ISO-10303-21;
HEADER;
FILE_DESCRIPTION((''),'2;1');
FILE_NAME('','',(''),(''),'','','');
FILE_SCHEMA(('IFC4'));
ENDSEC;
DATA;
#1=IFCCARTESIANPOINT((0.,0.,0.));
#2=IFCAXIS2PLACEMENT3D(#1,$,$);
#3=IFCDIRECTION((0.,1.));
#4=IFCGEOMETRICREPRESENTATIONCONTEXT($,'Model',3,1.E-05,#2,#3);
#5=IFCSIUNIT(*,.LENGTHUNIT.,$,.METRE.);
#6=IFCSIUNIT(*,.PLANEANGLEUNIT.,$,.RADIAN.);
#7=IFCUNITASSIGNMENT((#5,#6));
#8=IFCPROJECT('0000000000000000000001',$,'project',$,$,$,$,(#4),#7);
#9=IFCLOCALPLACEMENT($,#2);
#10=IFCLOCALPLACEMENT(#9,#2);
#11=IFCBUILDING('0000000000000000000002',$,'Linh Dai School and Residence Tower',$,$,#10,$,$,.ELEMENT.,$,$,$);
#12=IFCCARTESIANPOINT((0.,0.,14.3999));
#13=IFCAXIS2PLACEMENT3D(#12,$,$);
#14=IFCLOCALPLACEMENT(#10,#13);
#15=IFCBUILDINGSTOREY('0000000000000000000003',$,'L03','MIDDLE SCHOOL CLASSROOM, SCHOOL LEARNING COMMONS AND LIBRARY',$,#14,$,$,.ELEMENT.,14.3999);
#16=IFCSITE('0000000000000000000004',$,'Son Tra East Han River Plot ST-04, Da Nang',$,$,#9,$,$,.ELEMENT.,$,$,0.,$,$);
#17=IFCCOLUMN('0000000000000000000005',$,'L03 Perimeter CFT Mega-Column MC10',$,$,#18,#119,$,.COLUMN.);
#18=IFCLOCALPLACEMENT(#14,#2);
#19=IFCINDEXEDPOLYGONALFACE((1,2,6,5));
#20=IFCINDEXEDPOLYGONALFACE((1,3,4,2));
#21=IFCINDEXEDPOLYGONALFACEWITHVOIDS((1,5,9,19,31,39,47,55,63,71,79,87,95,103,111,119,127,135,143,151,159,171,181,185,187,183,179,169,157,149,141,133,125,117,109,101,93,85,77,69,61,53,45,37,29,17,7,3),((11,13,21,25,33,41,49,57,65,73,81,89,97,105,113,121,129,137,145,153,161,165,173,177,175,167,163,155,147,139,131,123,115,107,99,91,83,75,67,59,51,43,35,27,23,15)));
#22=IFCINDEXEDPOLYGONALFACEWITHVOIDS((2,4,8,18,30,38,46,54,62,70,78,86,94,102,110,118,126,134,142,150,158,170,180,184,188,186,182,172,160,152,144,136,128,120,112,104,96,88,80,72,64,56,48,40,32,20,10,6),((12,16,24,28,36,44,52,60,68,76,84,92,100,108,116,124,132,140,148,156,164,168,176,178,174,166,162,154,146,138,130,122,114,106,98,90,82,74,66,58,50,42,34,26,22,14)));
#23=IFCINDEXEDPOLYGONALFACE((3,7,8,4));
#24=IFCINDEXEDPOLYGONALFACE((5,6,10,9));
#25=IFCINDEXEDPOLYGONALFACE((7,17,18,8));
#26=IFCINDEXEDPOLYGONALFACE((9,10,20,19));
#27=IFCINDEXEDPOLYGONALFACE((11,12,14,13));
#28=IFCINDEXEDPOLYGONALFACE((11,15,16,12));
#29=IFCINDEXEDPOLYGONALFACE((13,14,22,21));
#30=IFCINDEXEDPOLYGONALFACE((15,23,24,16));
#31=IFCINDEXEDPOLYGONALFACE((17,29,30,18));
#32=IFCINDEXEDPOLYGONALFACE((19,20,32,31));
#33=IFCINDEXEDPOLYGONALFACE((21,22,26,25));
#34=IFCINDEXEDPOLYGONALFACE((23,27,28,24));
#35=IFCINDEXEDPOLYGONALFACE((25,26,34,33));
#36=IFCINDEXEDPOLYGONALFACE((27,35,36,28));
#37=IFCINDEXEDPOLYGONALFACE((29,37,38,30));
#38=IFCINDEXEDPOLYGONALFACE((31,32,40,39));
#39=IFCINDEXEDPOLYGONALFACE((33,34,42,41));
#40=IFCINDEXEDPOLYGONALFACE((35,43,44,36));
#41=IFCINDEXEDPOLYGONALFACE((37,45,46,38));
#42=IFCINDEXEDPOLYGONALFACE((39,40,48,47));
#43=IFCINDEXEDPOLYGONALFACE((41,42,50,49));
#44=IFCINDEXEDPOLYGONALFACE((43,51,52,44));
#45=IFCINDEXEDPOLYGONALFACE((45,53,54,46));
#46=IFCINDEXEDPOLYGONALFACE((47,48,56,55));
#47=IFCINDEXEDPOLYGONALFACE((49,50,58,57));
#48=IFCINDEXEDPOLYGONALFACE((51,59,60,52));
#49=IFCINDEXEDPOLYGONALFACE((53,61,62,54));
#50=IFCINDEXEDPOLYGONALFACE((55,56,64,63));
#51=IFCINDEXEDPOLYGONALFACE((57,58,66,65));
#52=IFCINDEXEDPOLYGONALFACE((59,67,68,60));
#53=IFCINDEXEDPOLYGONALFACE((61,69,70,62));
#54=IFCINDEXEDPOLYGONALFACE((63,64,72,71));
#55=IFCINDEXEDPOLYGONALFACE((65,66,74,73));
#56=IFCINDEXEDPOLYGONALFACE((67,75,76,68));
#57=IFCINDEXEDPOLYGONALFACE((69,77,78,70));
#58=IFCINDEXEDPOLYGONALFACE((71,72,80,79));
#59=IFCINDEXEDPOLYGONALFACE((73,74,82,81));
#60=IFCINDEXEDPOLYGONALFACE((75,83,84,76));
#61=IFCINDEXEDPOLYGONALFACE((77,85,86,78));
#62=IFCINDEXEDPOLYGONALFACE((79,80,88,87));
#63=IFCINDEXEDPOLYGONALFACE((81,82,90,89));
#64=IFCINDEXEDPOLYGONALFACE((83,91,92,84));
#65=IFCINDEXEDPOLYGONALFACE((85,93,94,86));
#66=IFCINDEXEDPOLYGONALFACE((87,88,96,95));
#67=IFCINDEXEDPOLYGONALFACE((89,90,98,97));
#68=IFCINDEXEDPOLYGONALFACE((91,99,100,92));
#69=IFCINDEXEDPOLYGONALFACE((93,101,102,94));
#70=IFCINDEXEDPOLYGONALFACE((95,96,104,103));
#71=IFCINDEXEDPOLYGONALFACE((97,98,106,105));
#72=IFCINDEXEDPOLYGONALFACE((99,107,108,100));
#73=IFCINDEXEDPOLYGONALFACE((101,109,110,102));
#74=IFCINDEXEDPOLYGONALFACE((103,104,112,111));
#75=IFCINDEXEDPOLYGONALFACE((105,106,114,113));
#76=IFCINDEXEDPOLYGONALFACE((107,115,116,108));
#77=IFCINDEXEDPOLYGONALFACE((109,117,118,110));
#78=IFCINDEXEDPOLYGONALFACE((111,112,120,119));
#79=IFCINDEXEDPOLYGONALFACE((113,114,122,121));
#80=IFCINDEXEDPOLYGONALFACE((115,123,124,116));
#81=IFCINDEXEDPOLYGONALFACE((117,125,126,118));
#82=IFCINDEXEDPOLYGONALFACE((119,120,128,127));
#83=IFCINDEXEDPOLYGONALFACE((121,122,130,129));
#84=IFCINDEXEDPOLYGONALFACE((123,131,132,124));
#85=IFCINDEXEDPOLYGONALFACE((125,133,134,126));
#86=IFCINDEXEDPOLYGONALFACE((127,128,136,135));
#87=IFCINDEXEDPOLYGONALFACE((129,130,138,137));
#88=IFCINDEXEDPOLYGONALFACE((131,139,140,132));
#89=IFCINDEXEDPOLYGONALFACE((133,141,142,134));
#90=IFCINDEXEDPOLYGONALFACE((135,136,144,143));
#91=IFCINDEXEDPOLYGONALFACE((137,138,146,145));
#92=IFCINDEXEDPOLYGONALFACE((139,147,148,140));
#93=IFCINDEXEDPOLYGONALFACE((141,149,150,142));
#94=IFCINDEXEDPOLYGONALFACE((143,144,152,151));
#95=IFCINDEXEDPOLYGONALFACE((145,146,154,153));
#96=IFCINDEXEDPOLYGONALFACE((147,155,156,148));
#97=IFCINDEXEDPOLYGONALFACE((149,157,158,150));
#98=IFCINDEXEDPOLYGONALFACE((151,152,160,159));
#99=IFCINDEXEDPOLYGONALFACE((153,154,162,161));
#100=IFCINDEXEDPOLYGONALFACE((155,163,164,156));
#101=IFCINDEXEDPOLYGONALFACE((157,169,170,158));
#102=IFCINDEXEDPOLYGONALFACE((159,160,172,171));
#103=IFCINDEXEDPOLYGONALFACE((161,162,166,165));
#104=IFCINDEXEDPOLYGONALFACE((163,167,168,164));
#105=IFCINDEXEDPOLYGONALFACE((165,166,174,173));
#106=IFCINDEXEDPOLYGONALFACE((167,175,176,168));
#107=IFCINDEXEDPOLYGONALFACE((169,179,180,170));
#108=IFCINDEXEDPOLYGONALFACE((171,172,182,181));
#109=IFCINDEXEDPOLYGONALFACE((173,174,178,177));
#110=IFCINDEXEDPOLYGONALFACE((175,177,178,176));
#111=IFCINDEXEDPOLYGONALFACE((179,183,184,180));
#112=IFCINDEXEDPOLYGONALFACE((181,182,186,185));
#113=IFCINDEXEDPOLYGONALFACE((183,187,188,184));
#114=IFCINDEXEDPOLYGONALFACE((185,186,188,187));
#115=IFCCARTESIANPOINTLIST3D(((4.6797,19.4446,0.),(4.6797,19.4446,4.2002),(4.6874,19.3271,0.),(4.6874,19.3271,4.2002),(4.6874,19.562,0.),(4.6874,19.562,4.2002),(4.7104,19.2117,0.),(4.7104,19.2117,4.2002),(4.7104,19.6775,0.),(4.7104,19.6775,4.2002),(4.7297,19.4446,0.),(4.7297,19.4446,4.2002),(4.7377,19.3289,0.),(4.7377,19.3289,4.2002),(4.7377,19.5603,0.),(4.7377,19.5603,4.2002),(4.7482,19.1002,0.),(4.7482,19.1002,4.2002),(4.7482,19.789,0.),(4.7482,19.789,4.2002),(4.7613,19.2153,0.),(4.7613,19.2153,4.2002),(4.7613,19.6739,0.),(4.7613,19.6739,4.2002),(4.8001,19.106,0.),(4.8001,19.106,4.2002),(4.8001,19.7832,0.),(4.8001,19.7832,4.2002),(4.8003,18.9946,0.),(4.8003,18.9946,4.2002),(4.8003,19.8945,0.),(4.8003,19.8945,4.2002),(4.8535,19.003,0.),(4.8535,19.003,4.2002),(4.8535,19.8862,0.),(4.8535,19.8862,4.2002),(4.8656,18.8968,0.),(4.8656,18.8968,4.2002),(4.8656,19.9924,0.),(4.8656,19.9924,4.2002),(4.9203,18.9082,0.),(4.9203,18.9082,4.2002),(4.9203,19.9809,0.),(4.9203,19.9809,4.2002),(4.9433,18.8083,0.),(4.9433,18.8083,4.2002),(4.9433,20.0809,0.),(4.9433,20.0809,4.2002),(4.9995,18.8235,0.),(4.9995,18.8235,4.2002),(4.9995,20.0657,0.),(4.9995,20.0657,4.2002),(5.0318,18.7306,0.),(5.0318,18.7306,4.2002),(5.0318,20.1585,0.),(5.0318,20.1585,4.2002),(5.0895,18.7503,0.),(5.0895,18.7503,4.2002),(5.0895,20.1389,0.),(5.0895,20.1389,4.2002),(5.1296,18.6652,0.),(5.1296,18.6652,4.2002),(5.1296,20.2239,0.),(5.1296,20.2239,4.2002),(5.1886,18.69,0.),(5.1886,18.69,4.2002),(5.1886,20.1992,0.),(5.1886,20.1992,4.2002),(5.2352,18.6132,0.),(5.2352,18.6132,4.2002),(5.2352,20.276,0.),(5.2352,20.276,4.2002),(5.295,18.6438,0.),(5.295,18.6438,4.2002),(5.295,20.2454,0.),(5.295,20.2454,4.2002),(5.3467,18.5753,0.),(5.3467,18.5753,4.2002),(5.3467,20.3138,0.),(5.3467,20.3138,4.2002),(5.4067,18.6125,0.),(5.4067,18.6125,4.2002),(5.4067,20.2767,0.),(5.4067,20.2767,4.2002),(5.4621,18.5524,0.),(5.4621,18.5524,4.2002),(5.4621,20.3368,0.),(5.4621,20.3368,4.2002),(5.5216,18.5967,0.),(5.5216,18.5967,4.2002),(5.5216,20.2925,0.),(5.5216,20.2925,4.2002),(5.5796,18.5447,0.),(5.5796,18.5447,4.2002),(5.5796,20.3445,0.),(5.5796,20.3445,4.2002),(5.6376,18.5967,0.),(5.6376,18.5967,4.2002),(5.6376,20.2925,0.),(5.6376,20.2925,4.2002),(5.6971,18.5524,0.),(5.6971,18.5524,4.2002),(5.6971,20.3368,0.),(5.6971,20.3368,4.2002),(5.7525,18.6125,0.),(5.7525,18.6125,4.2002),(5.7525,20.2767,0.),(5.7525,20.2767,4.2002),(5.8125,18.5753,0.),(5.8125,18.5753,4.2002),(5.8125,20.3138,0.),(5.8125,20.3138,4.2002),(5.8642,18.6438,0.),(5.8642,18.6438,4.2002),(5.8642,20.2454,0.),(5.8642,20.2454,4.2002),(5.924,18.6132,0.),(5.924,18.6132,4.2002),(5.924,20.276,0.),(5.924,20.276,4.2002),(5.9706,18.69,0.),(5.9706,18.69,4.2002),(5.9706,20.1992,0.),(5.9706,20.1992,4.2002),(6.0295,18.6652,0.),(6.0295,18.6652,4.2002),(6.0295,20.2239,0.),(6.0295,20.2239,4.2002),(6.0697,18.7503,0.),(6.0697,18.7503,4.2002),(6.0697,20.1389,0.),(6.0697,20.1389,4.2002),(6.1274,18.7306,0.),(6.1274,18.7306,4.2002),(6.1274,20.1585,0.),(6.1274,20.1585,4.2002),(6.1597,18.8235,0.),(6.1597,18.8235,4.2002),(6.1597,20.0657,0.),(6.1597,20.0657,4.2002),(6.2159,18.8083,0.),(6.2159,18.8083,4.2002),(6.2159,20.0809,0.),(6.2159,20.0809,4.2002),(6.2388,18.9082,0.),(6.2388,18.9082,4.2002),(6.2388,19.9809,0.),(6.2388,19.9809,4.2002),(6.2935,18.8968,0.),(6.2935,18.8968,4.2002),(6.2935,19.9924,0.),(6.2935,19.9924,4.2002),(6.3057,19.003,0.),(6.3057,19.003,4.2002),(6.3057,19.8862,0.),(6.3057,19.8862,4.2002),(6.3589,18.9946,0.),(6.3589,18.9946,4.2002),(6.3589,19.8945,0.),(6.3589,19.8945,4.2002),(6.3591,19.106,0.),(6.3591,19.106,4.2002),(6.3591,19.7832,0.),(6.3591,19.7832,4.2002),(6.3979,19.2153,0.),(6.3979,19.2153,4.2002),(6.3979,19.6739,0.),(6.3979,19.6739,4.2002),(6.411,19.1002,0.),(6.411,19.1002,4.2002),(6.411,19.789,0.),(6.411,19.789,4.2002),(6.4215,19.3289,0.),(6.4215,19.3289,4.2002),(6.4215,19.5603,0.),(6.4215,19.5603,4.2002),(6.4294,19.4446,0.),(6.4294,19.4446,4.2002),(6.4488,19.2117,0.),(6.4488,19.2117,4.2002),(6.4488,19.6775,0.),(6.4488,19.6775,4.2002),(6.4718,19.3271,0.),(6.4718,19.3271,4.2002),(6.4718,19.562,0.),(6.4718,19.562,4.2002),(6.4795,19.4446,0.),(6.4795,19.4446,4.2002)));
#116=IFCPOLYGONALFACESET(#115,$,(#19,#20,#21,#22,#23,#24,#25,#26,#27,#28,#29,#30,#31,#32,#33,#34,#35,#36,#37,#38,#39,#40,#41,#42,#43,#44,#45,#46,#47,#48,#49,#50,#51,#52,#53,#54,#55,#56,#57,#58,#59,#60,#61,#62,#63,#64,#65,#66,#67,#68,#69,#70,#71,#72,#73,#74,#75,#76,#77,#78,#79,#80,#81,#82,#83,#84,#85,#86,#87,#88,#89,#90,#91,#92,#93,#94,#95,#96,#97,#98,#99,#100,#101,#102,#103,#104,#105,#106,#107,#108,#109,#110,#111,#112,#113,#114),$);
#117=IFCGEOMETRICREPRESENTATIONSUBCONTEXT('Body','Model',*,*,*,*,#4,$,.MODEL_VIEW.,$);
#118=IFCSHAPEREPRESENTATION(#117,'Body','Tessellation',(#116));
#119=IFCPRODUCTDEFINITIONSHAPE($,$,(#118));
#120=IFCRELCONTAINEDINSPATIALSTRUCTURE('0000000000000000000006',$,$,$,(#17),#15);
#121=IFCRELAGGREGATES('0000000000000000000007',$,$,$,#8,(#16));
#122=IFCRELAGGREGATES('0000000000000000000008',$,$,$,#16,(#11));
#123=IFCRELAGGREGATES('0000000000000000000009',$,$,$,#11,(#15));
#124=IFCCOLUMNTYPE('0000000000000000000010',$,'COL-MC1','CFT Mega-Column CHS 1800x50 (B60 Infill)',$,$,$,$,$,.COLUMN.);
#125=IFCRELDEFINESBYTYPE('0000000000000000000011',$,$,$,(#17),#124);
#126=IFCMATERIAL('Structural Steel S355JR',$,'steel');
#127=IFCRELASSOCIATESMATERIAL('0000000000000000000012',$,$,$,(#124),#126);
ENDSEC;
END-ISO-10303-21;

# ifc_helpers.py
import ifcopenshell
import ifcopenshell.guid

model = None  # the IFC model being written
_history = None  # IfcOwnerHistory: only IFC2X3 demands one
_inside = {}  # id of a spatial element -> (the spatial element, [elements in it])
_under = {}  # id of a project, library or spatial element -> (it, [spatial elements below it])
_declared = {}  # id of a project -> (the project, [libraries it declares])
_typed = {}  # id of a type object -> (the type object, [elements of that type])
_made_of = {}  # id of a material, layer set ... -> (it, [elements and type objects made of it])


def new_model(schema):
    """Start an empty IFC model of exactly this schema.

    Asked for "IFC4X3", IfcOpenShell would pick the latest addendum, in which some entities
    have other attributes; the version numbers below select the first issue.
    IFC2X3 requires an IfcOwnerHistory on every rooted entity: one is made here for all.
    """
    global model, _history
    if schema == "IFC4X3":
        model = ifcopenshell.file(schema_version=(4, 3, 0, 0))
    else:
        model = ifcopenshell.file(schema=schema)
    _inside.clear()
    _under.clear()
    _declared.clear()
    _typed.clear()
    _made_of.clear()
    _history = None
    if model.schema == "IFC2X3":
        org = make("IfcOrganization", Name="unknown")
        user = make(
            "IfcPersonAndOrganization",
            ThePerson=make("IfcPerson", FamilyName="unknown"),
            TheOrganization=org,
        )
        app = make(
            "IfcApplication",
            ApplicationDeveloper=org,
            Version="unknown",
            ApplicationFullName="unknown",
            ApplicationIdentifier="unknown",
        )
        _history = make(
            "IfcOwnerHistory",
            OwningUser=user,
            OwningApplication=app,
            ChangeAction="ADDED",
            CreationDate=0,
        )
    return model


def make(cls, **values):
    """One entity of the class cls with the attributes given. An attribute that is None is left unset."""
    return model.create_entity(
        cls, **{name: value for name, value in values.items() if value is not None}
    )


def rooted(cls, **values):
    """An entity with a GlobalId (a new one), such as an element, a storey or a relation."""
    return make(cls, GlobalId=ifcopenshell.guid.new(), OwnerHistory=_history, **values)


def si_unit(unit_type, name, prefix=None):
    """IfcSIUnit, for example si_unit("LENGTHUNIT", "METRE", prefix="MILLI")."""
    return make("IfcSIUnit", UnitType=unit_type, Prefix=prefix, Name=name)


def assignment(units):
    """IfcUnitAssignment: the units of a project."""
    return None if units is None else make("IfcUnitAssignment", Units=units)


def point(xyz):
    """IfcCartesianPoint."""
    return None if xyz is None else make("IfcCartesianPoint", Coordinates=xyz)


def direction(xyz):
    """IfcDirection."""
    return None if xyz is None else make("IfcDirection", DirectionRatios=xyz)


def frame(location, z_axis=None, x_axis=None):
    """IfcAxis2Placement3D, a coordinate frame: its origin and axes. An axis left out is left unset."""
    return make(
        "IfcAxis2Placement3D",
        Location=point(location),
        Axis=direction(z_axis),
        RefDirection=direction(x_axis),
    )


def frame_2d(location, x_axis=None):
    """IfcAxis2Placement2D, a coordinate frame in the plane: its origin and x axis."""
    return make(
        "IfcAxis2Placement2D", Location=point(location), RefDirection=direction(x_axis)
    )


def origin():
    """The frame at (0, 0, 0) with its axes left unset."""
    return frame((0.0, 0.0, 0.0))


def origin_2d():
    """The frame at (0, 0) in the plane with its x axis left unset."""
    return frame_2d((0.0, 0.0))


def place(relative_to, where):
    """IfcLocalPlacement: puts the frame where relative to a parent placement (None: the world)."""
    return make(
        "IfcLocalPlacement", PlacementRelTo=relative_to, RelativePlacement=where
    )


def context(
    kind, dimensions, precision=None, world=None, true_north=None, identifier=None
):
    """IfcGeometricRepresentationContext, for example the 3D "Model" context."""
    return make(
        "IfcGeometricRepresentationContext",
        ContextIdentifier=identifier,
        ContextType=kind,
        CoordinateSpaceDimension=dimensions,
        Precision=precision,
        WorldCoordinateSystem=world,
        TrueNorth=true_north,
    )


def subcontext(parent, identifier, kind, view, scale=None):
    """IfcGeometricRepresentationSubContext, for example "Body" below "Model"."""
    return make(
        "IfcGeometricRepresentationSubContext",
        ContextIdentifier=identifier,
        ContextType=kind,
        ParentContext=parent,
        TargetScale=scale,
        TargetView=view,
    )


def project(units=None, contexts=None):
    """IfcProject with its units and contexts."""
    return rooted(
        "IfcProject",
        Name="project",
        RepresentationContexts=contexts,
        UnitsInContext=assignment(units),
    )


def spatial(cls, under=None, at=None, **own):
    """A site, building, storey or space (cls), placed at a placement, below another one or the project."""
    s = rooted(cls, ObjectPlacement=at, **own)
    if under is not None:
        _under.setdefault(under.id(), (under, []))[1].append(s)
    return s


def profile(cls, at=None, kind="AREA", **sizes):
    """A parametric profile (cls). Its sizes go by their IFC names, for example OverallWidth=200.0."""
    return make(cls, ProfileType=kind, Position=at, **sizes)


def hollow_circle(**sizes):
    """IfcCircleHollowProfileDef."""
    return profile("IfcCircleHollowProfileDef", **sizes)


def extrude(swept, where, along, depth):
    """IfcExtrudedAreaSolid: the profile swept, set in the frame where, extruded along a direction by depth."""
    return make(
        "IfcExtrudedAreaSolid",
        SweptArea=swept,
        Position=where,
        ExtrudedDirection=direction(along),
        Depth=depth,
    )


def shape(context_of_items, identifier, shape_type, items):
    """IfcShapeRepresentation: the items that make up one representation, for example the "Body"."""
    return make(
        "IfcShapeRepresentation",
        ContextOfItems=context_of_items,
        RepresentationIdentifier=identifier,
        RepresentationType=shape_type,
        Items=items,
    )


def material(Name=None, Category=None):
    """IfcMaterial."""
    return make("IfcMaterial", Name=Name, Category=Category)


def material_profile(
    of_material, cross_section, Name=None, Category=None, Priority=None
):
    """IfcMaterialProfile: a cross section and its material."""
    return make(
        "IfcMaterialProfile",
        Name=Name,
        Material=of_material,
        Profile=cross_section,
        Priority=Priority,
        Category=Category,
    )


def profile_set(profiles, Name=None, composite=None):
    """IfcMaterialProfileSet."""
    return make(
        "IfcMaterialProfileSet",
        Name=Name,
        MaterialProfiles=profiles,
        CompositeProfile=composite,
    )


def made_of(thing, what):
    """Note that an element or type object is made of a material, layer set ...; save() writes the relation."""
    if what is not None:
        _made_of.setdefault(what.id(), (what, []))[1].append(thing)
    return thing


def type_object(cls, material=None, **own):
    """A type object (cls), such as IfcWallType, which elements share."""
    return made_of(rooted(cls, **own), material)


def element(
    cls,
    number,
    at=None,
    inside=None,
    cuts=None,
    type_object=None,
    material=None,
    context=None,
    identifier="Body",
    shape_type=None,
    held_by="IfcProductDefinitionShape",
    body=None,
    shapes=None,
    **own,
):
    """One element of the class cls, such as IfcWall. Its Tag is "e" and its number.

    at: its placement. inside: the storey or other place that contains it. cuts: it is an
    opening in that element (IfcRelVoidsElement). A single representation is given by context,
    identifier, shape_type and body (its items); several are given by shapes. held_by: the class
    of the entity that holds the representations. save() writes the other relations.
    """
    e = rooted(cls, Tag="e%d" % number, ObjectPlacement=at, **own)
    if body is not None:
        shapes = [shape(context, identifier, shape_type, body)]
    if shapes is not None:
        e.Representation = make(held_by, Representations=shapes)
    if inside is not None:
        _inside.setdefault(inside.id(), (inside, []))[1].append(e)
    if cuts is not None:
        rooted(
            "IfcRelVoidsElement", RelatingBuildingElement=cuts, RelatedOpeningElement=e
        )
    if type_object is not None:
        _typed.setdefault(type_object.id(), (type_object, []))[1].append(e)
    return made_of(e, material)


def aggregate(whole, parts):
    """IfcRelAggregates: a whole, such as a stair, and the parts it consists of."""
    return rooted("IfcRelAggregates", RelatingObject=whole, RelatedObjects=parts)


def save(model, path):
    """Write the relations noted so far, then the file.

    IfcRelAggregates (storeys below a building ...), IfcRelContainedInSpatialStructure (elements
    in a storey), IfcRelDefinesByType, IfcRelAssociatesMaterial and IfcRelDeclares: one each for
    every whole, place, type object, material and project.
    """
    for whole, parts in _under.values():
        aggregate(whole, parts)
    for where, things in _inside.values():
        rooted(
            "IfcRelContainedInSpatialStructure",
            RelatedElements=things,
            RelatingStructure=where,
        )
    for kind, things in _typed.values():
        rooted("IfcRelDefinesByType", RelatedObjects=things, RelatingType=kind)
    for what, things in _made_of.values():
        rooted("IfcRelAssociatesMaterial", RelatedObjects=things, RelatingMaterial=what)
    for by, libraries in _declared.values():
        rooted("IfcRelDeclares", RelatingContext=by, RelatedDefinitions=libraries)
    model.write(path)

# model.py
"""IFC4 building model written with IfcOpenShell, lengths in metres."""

from ifc_helpers import new_model, si_unit, direction, frame, origin, origin_2d, place, context, subcontext, project, spatial, hollow_circle, extrude, material, material_profile, profile_set, type_object, element, save


model = new_model("IFC4")

# Units and contexts
model_context = context("Model", 3, precision=1e-05, world=origin(), true_north=direction((0.0, 1.0)))
body_context = subcontext(model_context, "Body", "Model", "MODEL_VIEW")
ifc_project = project(units=[si_unit("LENGTHUNIT", "METRE"), si_unit("PLANEANGLEUNIT", "RADIAN")], contexts=[model_context])

# Site, building, storey
site_placement = place(None, origin())
site = spatial("IfcSite", under=ifc_project, at=site_placement, Name="Son Tra East Han River Plot ST-04, Da Nang", CompositionType="ELEMENT", RefElevation=0.0)
building_placement = place(site_placement, origin())
building = spatial("IfcBuilding", under=site, at=building_placement, Name="Linh Dai School and Residence Tower", CompositionType="ELEMENT")
storey_placement = place(building_placement, frame((0.0, 0.0, 14.3999)))
storey = spatial("IfcBuildingStorey", under=building, at=storey_placement, Name="L03", Description="MIDDLE SCHOOL CLASSROOM, SCHOOL LEARNING COMMONS AND LIBRARY", CompositionType="ELEMENT", Elevation=14.3999)

# Column
ifc_material_1 = material(Name="Structural Steel S355JR", Category="steel")
ifc_material_profile_1 = material_profile(ifc_material_1, hollow_circle(Radius=0.8999, WallThickness=0.05, at=origin_2d()), Name="CHS 1800x50")
ifc_profile_set_1 = profile_set([ifc_material_profile_1], Name="Structural Steel S355JR")
column_type = type_object("IfcColumnType", Name="COL-MC1", Description="CFT Mega-Column CHS 1800x50 (B60 Infill)", PredefinedType="COLUMN", material=ifc_profile_set_1)
for number, where, z_axis, x_axis, name in (
    (1, (5.5796, 19.4446, 0.0), (0.0, 0.0, 1.0), (1.0, 0.0, 0.0), "L03 Perimeter CFT Mega-Column MC10"),
):
    element("IfcColumn", number, at=place(storey_placement, frame(where, z_axis=z_axis, x_axis=x_axis)), inside=storey, type_object=column_type, Name=name, PredefinedType="COLUMN", context=body_context, shape_type="SweptSolid", body=[
        extrude(hollow_circle(Radius=0.8999, WallThickness=0.05, at=origin_2d()), origin(), (0.0, 0.0, 1.0), 4.2002),
    ])

save(model, "model.ifc")
